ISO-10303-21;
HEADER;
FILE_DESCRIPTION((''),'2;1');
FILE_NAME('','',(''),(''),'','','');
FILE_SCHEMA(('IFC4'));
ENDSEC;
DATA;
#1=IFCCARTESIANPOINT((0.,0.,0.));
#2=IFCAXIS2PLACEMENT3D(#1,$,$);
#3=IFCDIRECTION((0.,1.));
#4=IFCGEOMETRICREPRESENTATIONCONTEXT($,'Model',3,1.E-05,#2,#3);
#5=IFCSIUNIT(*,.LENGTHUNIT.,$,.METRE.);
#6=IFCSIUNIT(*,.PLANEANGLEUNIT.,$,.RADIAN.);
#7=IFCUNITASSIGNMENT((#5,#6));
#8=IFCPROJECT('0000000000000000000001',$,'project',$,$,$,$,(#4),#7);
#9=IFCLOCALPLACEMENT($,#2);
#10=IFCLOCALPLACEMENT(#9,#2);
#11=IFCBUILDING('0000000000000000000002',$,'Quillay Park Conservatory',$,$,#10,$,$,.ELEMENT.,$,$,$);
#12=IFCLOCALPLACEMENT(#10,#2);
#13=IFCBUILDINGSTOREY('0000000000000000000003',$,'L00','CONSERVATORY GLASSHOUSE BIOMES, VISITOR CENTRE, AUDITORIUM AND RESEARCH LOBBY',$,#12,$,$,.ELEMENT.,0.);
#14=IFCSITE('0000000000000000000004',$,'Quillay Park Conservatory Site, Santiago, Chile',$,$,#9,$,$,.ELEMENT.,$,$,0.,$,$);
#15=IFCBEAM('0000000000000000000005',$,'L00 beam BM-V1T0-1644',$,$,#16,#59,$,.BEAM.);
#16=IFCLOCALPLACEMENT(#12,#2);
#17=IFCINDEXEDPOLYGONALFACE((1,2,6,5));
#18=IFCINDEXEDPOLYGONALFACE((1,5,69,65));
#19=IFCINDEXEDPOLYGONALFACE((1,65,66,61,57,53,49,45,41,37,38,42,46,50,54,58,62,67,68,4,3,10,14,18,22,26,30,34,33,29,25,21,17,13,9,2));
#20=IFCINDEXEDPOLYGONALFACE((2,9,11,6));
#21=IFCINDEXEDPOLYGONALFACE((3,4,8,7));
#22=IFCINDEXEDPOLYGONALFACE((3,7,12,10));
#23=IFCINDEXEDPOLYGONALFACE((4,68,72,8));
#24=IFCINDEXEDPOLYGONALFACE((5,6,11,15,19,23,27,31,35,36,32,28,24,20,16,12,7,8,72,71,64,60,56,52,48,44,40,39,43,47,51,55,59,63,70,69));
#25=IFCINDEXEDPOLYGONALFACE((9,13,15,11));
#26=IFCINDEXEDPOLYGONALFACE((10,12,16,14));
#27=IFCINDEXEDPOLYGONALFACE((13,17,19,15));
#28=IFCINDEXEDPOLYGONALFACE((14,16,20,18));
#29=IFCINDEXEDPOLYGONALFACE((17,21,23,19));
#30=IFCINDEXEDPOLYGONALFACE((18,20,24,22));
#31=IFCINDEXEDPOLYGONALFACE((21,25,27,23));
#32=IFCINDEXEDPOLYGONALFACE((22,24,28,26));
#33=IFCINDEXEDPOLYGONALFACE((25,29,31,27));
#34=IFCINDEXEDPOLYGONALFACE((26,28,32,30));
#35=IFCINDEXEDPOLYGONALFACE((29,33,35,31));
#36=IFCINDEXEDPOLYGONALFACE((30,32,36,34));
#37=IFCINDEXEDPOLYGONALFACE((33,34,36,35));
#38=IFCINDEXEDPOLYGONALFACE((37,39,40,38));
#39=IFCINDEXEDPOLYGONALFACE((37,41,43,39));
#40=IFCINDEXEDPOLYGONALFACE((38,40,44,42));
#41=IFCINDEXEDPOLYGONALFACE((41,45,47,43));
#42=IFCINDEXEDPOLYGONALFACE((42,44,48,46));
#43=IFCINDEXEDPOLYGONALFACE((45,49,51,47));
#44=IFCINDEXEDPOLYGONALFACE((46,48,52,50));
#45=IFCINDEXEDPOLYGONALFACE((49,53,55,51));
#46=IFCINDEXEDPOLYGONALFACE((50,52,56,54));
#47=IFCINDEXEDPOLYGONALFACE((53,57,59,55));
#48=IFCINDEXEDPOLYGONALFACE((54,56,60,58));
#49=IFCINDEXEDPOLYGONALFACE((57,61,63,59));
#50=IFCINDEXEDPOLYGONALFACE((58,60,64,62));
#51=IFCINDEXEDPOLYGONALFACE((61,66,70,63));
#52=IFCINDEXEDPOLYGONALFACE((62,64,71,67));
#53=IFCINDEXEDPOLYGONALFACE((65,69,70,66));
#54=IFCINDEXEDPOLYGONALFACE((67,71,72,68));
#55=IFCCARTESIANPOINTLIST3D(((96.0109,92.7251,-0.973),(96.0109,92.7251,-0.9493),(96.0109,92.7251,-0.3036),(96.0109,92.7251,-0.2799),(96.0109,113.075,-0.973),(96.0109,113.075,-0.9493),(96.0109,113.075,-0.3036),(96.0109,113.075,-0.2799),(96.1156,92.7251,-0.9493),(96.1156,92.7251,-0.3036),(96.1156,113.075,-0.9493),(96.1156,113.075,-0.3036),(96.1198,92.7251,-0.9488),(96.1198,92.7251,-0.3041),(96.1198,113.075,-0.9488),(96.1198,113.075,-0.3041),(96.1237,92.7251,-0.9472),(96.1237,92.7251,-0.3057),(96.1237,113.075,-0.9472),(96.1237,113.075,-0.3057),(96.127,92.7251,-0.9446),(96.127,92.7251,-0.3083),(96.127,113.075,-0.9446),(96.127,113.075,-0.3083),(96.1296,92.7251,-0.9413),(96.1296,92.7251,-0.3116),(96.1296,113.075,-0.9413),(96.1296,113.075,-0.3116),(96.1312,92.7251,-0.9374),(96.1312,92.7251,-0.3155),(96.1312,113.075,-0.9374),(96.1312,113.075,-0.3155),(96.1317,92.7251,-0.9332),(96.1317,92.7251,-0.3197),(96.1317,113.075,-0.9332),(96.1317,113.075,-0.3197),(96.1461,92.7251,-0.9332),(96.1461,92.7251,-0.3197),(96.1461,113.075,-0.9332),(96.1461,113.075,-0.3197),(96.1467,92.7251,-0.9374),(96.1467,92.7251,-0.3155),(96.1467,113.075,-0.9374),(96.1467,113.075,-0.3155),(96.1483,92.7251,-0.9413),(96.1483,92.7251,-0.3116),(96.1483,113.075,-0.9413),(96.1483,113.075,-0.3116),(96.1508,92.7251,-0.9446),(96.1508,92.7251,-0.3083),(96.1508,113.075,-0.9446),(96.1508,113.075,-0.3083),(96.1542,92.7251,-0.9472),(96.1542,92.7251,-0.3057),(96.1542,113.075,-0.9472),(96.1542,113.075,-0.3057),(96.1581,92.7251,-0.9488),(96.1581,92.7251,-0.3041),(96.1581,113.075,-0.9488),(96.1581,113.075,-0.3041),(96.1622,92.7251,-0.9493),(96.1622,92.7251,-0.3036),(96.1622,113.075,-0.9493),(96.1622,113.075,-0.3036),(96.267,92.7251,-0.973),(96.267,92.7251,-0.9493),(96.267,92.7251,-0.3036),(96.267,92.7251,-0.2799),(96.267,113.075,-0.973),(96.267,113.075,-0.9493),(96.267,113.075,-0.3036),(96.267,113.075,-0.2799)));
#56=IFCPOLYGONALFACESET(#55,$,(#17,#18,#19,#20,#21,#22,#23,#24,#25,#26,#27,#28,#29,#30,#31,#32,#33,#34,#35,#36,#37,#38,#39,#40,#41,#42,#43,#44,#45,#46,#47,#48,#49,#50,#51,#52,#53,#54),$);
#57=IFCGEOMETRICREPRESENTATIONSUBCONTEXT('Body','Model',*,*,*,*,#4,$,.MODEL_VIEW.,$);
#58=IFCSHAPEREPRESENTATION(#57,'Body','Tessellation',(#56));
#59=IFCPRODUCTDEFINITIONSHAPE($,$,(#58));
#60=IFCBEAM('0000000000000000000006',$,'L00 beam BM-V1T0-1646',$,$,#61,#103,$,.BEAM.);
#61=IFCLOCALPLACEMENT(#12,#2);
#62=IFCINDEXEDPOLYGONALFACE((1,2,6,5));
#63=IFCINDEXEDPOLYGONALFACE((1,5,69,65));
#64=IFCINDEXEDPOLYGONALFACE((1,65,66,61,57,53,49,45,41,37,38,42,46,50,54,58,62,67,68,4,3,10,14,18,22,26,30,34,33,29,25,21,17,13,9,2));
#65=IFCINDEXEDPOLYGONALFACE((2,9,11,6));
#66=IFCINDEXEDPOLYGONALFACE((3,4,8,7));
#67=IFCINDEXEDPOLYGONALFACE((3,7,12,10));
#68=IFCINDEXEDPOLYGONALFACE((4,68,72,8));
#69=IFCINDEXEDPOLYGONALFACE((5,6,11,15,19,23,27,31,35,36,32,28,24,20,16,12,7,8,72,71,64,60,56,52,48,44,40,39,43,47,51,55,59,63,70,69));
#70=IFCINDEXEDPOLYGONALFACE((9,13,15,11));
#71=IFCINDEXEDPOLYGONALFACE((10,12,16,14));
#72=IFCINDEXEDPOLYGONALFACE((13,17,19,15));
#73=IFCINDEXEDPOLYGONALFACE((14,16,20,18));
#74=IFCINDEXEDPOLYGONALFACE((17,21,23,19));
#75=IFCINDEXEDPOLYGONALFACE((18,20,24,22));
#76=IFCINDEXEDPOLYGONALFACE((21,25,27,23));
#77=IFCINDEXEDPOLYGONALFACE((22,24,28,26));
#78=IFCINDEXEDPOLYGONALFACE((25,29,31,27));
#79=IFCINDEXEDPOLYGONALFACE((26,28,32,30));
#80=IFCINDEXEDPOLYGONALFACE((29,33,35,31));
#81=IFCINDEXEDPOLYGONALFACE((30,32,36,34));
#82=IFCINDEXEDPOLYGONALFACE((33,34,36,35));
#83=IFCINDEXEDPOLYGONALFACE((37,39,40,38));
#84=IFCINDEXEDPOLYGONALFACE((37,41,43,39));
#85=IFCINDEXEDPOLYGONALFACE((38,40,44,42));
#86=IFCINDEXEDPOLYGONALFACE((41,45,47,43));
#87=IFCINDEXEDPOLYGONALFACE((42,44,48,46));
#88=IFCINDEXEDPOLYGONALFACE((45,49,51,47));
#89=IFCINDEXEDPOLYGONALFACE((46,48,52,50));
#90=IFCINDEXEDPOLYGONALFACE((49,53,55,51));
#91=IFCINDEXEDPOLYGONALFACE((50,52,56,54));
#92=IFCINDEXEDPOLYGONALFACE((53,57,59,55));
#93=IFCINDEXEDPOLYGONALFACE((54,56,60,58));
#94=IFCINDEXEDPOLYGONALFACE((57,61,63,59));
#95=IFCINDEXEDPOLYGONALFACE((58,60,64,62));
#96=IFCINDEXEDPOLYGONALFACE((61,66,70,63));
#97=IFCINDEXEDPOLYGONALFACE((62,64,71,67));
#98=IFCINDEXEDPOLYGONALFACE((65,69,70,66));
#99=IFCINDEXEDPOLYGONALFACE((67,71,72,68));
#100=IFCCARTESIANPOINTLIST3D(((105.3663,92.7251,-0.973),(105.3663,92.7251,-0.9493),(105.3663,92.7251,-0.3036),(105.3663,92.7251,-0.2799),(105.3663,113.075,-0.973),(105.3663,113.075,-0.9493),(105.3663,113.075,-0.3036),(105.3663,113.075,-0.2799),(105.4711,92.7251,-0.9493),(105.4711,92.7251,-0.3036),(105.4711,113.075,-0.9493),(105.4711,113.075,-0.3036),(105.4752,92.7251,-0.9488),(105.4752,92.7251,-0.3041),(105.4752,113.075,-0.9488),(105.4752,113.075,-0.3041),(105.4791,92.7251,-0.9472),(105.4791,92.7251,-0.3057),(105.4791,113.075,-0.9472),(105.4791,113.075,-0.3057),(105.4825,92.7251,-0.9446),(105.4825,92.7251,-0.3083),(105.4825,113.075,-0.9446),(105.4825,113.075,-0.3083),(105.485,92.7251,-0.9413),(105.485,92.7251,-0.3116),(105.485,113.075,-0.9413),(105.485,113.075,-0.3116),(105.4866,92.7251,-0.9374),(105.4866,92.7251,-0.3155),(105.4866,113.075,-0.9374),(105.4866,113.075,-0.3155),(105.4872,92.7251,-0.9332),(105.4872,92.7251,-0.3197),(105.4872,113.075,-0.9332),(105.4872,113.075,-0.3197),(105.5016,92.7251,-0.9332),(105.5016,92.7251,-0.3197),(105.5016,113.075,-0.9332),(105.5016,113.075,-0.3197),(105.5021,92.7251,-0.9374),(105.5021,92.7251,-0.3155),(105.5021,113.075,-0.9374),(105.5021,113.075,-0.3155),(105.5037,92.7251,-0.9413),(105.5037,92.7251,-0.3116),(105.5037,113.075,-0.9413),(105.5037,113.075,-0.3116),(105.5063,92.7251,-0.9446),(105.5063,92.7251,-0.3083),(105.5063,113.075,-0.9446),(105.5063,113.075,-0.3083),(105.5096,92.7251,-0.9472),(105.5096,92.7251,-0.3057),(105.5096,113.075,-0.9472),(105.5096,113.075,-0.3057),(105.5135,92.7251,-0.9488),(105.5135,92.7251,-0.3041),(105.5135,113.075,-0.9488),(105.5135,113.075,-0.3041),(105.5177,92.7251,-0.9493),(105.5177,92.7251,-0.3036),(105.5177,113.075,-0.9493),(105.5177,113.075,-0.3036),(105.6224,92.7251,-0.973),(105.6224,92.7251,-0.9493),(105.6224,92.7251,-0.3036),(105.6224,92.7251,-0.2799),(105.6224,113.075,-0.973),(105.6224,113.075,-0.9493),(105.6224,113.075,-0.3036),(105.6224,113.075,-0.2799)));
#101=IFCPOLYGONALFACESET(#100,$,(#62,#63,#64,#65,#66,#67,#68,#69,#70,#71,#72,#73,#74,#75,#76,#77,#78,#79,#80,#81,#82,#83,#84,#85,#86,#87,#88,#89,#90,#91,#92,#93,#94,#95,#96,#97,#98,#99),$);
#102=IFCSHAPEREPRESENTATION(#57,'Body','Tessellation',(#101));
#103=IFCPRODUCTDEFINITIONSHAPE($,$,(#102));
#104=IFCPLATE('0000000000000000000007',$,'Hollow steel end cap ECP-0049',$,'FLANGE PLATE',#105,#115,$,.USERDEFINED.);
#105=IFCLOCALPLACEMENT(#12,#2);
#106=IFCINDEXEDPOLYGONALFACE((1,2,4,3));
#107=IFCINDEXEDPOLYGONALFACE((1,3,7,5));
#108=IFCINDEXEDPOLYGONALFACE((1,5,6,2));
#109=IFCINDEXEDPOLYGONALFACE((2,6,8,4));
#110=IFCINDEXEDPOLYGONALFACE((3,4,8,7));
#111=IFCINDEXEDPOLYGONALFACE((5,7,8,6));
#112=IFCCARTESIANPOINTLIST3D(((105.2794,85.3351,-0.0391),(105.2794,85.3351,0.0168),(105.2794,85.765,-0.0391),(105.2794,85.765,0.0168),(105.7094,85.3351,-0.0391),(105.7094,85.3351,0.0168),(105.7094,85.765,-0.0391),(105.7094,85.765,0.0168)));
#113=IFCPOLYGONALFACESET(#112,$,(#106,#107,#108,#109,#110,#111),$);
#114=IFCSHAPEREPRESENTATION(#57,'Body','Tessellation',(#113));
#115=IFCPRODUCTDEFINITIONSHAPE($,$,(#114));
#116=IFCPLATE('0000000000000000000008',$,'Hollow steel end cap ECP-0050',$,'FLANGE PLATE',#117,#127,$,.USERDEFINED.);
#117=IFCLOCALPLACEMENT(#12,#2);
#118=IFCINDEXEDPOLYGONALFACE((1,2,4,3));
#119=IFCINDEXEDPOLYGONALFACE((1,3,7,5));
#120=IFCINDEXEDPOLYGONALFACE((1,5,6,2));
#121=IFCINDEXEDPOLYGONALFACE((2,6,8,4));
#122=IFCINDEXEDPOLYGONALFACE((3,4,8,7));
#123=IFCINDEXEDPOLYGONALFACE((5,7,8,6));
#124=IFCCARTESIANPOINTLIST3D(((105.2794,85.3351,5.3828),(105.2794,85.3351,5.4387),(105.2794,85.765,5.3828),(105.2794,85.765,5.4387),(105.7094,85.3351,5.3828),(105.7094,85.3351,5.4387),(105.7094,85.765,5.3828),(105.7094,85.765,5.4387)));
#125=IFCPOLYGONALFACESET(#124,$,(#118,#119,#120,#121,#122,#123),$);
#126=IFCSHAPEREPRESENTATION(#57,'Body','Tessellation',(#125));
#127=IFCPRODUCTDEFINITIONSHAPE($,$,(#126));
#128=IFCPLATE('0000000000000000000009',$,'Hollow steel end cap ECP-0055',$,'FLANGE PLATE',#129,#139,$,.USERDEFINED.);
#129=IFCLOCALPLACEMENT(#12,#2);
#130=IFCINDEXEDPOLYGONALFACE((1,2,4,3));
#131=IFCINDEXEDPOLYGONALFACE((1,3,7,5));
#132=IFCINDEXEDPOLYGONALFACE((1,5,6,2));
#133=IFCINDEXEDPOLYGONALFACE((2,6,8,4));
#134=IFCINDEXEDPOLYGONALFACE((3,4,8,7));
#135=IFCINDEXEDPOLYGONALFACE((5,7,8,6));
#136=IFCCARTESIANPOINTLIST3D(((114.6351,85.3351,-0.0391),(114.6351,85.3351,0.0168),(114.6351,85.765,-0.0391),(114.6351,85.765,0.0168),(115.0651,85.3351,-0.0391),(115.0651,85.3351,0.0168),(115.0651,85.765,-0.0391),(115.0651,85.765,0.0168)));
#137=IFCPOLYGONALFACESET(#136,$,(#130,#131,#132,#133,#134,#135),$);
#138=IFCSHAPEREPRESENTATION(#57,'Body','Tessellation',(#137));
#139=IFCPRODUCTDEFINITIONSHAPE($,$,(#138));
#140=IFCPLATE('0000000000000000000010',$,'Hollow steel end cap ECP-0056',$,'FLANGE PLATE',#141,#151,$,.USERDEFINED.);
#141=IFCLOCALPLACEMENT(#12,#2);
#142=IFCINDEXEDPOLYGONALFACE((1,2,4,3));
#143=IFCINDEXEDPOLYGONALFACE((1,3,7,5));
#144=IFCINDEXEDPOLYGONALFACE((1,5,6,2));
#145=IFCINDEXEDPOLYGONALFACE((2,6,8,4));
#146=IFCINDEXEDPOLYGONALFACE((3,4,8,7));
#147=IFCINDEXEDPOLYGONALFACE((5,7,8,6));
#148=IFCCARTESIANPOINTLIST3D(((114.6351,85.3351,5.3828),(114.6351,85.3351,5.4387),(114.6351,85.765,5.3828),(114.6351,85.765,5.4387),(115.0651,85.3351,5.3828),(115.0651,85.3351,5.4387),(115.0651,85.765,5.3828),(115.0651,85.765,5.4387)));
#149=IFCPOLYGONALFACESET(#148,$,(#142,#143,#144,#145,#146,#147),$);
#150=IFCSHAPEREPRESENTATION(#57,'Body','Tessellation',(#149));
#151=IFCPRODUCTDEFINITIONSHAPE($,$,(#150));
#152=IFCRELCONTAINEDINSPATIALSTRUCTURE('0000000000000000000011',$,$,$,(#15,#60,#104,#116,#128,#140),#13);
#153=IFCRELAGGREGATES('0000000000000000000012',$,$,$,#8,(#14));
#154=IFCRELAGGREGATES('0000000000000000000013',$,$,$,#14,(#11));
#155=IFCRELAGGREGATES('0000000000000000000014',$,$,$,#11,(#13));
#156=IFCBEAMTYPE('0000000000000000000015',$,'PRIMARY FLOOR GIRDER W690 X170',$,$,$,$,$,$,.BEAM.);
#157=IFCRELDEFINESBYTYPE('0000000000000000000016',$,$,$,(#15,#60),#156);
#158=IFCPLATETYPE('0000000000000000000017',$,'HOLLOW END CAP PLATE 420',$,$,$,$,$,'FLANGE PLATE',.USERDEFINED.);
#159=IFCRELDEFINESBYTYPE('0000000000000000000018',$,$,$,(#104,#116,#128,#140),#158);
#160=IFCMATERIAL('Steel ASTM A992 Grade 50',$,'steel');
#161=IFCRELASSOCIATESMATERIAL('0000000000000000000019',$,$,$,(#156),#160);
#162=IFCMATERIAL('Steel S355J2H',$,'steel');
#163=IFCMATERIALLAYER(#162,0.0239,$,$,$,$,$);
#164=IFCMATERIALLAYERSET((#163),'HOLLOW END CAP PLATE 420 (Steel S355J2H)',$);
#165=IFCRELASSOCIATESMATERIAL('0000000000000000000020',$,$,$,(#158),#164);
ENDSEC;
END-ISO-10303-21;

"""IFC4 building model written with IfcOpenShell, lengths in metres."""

from ifc_helpers import new_model, si_unit, direction, frame, origin, origin_2d, place, context, subcontext, project, spatial, rectangle, i_section, extrude, material, layer, layer_set, material_profile, profile_set, type_object, element, save


model = new_model("IFC4")

# Units and contexts
model_context = context("Model", 3, precision=1e-05, world=origin(), true_north=direction((0.0, 1.0)))
body_context = subcontext(model_context, "Body", "Model", "MODEL_VIEW")
ifc_project = project(units=[si_unit("LENGTHUNIT", "METRE"), si_unit("PLANEANGLEUNIT", "RADIAN")], contexts=[model_context])

# Site, building, storey
site_placement = place(None, origin())
site = spatial("IfcSite", under=ifc_project, at=site_placement, Name="Quillay Park Conservatory Site, Santiago, Chile", CompositionType="ELEMENT", RefElevation=0.0)
building_placement = place(site_placement, origin())
building = spatial("IfcBuilding", under=site, at=building_placement, Name="Quillay Park Conservatory", CompositionType="ELEMENT")
storey_placement = place(building_placement, origin())
storey = spatial("IfcBuildingStorey", under=building, at=storey_placement, Name="L00", Description="CONSERVATORY GLASSHOUSE BIOMES, VISITOR CENTRE, AUDITORIUM AND RESEARCH LOBBY", CompositionType="ELEMENT", Elevation=0.0)

# Beams
ifc_material_1 = material(Name="Steel ASTM A992 Grade 50", Category="steel")
ifc_material_profile_1 = material_profile(ifc_material_1, i_section(OverallWidth=0.2561, OverallDepth=0.6931, WebThickness=0.0144, FlangeThickness=0.0237, FilletRadius=0.0161, at=origin_2d()), Name="W690x170")
ifc_profile_set_1 = profile_set([ifc_material_profile_1], Name="Steel ASTM A992 Grade 50")
beam_type_1 = type_object("IfcBeamType", Name="PRIMARY FLOOR GIRDER W690 X170", PredefinedType="BEAM", material=ifc_profile_set_1)
for number, where, z_axis, x_axis, name in (
    (1, (96.1389, 92.7251, -0.6265), (0.0, 1.0, 0.0), (-1.0, 0.0, 0.0), "L00 beam BM-V1T0-1644"),
    (2, (105.4944, 92.7251, -0.6265), (0.0, 1.0, 0.0), (-1.0, 0.0, 0.0), "L00 beam BM-V1T0-1646"),
):
    element("IfcBeam", number, at=place(storey_placement, frame(where, z_axis=z_axis, x_axis=x_axis)), inside=storey, type_object=beam_type_1, Name=name, PredefinedType="BEAM", context=body_context, shape_type="SweptSolid", body=[
        extrude(i_section(OverallWidth=0.2561, OverallDepth=0.6931, WebThickness=0.0144, FlangeThickness=0.0237, FilletRadius=0.0161, at=origin_2d()), origin(), (0.0, 0.0, 1.0), 20.3499),
    ])

# Plates
ifc_material_2 = material(Name="Steel S355J2H", Category="steel")
ifc_layer_1 = layer(ifc_material_2, 0.0239)
ifc_layer_set_1 = layer_set([ifc_layer_1], Name="HOLLOW END CAP PLATE 420 (Steel S355J2H)")
plate_type = type_object("IfcPlateType", Name="HOLLOW END CAP PLATE 420", ElementType="FLANGE PLATE", PredefinedType="USERDEFINED", material=ifc_layer_set_1)
for number, where, z_axis, x_axis, name in (
    (3, (105.4944, 85.55, -0.0391), (0.0, 0.0, 1.0), (1.0, 0.0, 0.0), "Hollow steel end cap ECP-0049"),
    (4, (105.4944, 85.55, 5.3828), (0.0, 0.0, 1.0), (1.0, 0.0, 0.0), "Hollow steel end cap ECP-0050"),
    (5, (114.8501, 85.55, -0.0391), (0.0, 0.0, 1.0), (1.0, 0.0, 0.0), "Hollow steel end cap ECP-0055"),
    (6, (114.8501, 85.55, 5.3828), (0.0, 0.0, 1.0), (1.0, 0.0, 0.0), "Hollow steel end cap ECP-0056"),
):
    element("IfcPlate", number, at=place(storey_placement, frame(where, z_axis=z_axis, x_axis=x_axis)), inside=storey, type_object=plate_type, Name=name, ObjectType="FLANGE PLATE", PredefinedType="USERDEFINED", context=body_context, shape_type="SweptSolid", body=[
        extrude(rectangle(XDim=0.4299, YDim=0.4299, at=origin_2d()), origin(), (0.0, 0.0, 1.0), 0.0559),
    ])

save(model, "model.ifc")
